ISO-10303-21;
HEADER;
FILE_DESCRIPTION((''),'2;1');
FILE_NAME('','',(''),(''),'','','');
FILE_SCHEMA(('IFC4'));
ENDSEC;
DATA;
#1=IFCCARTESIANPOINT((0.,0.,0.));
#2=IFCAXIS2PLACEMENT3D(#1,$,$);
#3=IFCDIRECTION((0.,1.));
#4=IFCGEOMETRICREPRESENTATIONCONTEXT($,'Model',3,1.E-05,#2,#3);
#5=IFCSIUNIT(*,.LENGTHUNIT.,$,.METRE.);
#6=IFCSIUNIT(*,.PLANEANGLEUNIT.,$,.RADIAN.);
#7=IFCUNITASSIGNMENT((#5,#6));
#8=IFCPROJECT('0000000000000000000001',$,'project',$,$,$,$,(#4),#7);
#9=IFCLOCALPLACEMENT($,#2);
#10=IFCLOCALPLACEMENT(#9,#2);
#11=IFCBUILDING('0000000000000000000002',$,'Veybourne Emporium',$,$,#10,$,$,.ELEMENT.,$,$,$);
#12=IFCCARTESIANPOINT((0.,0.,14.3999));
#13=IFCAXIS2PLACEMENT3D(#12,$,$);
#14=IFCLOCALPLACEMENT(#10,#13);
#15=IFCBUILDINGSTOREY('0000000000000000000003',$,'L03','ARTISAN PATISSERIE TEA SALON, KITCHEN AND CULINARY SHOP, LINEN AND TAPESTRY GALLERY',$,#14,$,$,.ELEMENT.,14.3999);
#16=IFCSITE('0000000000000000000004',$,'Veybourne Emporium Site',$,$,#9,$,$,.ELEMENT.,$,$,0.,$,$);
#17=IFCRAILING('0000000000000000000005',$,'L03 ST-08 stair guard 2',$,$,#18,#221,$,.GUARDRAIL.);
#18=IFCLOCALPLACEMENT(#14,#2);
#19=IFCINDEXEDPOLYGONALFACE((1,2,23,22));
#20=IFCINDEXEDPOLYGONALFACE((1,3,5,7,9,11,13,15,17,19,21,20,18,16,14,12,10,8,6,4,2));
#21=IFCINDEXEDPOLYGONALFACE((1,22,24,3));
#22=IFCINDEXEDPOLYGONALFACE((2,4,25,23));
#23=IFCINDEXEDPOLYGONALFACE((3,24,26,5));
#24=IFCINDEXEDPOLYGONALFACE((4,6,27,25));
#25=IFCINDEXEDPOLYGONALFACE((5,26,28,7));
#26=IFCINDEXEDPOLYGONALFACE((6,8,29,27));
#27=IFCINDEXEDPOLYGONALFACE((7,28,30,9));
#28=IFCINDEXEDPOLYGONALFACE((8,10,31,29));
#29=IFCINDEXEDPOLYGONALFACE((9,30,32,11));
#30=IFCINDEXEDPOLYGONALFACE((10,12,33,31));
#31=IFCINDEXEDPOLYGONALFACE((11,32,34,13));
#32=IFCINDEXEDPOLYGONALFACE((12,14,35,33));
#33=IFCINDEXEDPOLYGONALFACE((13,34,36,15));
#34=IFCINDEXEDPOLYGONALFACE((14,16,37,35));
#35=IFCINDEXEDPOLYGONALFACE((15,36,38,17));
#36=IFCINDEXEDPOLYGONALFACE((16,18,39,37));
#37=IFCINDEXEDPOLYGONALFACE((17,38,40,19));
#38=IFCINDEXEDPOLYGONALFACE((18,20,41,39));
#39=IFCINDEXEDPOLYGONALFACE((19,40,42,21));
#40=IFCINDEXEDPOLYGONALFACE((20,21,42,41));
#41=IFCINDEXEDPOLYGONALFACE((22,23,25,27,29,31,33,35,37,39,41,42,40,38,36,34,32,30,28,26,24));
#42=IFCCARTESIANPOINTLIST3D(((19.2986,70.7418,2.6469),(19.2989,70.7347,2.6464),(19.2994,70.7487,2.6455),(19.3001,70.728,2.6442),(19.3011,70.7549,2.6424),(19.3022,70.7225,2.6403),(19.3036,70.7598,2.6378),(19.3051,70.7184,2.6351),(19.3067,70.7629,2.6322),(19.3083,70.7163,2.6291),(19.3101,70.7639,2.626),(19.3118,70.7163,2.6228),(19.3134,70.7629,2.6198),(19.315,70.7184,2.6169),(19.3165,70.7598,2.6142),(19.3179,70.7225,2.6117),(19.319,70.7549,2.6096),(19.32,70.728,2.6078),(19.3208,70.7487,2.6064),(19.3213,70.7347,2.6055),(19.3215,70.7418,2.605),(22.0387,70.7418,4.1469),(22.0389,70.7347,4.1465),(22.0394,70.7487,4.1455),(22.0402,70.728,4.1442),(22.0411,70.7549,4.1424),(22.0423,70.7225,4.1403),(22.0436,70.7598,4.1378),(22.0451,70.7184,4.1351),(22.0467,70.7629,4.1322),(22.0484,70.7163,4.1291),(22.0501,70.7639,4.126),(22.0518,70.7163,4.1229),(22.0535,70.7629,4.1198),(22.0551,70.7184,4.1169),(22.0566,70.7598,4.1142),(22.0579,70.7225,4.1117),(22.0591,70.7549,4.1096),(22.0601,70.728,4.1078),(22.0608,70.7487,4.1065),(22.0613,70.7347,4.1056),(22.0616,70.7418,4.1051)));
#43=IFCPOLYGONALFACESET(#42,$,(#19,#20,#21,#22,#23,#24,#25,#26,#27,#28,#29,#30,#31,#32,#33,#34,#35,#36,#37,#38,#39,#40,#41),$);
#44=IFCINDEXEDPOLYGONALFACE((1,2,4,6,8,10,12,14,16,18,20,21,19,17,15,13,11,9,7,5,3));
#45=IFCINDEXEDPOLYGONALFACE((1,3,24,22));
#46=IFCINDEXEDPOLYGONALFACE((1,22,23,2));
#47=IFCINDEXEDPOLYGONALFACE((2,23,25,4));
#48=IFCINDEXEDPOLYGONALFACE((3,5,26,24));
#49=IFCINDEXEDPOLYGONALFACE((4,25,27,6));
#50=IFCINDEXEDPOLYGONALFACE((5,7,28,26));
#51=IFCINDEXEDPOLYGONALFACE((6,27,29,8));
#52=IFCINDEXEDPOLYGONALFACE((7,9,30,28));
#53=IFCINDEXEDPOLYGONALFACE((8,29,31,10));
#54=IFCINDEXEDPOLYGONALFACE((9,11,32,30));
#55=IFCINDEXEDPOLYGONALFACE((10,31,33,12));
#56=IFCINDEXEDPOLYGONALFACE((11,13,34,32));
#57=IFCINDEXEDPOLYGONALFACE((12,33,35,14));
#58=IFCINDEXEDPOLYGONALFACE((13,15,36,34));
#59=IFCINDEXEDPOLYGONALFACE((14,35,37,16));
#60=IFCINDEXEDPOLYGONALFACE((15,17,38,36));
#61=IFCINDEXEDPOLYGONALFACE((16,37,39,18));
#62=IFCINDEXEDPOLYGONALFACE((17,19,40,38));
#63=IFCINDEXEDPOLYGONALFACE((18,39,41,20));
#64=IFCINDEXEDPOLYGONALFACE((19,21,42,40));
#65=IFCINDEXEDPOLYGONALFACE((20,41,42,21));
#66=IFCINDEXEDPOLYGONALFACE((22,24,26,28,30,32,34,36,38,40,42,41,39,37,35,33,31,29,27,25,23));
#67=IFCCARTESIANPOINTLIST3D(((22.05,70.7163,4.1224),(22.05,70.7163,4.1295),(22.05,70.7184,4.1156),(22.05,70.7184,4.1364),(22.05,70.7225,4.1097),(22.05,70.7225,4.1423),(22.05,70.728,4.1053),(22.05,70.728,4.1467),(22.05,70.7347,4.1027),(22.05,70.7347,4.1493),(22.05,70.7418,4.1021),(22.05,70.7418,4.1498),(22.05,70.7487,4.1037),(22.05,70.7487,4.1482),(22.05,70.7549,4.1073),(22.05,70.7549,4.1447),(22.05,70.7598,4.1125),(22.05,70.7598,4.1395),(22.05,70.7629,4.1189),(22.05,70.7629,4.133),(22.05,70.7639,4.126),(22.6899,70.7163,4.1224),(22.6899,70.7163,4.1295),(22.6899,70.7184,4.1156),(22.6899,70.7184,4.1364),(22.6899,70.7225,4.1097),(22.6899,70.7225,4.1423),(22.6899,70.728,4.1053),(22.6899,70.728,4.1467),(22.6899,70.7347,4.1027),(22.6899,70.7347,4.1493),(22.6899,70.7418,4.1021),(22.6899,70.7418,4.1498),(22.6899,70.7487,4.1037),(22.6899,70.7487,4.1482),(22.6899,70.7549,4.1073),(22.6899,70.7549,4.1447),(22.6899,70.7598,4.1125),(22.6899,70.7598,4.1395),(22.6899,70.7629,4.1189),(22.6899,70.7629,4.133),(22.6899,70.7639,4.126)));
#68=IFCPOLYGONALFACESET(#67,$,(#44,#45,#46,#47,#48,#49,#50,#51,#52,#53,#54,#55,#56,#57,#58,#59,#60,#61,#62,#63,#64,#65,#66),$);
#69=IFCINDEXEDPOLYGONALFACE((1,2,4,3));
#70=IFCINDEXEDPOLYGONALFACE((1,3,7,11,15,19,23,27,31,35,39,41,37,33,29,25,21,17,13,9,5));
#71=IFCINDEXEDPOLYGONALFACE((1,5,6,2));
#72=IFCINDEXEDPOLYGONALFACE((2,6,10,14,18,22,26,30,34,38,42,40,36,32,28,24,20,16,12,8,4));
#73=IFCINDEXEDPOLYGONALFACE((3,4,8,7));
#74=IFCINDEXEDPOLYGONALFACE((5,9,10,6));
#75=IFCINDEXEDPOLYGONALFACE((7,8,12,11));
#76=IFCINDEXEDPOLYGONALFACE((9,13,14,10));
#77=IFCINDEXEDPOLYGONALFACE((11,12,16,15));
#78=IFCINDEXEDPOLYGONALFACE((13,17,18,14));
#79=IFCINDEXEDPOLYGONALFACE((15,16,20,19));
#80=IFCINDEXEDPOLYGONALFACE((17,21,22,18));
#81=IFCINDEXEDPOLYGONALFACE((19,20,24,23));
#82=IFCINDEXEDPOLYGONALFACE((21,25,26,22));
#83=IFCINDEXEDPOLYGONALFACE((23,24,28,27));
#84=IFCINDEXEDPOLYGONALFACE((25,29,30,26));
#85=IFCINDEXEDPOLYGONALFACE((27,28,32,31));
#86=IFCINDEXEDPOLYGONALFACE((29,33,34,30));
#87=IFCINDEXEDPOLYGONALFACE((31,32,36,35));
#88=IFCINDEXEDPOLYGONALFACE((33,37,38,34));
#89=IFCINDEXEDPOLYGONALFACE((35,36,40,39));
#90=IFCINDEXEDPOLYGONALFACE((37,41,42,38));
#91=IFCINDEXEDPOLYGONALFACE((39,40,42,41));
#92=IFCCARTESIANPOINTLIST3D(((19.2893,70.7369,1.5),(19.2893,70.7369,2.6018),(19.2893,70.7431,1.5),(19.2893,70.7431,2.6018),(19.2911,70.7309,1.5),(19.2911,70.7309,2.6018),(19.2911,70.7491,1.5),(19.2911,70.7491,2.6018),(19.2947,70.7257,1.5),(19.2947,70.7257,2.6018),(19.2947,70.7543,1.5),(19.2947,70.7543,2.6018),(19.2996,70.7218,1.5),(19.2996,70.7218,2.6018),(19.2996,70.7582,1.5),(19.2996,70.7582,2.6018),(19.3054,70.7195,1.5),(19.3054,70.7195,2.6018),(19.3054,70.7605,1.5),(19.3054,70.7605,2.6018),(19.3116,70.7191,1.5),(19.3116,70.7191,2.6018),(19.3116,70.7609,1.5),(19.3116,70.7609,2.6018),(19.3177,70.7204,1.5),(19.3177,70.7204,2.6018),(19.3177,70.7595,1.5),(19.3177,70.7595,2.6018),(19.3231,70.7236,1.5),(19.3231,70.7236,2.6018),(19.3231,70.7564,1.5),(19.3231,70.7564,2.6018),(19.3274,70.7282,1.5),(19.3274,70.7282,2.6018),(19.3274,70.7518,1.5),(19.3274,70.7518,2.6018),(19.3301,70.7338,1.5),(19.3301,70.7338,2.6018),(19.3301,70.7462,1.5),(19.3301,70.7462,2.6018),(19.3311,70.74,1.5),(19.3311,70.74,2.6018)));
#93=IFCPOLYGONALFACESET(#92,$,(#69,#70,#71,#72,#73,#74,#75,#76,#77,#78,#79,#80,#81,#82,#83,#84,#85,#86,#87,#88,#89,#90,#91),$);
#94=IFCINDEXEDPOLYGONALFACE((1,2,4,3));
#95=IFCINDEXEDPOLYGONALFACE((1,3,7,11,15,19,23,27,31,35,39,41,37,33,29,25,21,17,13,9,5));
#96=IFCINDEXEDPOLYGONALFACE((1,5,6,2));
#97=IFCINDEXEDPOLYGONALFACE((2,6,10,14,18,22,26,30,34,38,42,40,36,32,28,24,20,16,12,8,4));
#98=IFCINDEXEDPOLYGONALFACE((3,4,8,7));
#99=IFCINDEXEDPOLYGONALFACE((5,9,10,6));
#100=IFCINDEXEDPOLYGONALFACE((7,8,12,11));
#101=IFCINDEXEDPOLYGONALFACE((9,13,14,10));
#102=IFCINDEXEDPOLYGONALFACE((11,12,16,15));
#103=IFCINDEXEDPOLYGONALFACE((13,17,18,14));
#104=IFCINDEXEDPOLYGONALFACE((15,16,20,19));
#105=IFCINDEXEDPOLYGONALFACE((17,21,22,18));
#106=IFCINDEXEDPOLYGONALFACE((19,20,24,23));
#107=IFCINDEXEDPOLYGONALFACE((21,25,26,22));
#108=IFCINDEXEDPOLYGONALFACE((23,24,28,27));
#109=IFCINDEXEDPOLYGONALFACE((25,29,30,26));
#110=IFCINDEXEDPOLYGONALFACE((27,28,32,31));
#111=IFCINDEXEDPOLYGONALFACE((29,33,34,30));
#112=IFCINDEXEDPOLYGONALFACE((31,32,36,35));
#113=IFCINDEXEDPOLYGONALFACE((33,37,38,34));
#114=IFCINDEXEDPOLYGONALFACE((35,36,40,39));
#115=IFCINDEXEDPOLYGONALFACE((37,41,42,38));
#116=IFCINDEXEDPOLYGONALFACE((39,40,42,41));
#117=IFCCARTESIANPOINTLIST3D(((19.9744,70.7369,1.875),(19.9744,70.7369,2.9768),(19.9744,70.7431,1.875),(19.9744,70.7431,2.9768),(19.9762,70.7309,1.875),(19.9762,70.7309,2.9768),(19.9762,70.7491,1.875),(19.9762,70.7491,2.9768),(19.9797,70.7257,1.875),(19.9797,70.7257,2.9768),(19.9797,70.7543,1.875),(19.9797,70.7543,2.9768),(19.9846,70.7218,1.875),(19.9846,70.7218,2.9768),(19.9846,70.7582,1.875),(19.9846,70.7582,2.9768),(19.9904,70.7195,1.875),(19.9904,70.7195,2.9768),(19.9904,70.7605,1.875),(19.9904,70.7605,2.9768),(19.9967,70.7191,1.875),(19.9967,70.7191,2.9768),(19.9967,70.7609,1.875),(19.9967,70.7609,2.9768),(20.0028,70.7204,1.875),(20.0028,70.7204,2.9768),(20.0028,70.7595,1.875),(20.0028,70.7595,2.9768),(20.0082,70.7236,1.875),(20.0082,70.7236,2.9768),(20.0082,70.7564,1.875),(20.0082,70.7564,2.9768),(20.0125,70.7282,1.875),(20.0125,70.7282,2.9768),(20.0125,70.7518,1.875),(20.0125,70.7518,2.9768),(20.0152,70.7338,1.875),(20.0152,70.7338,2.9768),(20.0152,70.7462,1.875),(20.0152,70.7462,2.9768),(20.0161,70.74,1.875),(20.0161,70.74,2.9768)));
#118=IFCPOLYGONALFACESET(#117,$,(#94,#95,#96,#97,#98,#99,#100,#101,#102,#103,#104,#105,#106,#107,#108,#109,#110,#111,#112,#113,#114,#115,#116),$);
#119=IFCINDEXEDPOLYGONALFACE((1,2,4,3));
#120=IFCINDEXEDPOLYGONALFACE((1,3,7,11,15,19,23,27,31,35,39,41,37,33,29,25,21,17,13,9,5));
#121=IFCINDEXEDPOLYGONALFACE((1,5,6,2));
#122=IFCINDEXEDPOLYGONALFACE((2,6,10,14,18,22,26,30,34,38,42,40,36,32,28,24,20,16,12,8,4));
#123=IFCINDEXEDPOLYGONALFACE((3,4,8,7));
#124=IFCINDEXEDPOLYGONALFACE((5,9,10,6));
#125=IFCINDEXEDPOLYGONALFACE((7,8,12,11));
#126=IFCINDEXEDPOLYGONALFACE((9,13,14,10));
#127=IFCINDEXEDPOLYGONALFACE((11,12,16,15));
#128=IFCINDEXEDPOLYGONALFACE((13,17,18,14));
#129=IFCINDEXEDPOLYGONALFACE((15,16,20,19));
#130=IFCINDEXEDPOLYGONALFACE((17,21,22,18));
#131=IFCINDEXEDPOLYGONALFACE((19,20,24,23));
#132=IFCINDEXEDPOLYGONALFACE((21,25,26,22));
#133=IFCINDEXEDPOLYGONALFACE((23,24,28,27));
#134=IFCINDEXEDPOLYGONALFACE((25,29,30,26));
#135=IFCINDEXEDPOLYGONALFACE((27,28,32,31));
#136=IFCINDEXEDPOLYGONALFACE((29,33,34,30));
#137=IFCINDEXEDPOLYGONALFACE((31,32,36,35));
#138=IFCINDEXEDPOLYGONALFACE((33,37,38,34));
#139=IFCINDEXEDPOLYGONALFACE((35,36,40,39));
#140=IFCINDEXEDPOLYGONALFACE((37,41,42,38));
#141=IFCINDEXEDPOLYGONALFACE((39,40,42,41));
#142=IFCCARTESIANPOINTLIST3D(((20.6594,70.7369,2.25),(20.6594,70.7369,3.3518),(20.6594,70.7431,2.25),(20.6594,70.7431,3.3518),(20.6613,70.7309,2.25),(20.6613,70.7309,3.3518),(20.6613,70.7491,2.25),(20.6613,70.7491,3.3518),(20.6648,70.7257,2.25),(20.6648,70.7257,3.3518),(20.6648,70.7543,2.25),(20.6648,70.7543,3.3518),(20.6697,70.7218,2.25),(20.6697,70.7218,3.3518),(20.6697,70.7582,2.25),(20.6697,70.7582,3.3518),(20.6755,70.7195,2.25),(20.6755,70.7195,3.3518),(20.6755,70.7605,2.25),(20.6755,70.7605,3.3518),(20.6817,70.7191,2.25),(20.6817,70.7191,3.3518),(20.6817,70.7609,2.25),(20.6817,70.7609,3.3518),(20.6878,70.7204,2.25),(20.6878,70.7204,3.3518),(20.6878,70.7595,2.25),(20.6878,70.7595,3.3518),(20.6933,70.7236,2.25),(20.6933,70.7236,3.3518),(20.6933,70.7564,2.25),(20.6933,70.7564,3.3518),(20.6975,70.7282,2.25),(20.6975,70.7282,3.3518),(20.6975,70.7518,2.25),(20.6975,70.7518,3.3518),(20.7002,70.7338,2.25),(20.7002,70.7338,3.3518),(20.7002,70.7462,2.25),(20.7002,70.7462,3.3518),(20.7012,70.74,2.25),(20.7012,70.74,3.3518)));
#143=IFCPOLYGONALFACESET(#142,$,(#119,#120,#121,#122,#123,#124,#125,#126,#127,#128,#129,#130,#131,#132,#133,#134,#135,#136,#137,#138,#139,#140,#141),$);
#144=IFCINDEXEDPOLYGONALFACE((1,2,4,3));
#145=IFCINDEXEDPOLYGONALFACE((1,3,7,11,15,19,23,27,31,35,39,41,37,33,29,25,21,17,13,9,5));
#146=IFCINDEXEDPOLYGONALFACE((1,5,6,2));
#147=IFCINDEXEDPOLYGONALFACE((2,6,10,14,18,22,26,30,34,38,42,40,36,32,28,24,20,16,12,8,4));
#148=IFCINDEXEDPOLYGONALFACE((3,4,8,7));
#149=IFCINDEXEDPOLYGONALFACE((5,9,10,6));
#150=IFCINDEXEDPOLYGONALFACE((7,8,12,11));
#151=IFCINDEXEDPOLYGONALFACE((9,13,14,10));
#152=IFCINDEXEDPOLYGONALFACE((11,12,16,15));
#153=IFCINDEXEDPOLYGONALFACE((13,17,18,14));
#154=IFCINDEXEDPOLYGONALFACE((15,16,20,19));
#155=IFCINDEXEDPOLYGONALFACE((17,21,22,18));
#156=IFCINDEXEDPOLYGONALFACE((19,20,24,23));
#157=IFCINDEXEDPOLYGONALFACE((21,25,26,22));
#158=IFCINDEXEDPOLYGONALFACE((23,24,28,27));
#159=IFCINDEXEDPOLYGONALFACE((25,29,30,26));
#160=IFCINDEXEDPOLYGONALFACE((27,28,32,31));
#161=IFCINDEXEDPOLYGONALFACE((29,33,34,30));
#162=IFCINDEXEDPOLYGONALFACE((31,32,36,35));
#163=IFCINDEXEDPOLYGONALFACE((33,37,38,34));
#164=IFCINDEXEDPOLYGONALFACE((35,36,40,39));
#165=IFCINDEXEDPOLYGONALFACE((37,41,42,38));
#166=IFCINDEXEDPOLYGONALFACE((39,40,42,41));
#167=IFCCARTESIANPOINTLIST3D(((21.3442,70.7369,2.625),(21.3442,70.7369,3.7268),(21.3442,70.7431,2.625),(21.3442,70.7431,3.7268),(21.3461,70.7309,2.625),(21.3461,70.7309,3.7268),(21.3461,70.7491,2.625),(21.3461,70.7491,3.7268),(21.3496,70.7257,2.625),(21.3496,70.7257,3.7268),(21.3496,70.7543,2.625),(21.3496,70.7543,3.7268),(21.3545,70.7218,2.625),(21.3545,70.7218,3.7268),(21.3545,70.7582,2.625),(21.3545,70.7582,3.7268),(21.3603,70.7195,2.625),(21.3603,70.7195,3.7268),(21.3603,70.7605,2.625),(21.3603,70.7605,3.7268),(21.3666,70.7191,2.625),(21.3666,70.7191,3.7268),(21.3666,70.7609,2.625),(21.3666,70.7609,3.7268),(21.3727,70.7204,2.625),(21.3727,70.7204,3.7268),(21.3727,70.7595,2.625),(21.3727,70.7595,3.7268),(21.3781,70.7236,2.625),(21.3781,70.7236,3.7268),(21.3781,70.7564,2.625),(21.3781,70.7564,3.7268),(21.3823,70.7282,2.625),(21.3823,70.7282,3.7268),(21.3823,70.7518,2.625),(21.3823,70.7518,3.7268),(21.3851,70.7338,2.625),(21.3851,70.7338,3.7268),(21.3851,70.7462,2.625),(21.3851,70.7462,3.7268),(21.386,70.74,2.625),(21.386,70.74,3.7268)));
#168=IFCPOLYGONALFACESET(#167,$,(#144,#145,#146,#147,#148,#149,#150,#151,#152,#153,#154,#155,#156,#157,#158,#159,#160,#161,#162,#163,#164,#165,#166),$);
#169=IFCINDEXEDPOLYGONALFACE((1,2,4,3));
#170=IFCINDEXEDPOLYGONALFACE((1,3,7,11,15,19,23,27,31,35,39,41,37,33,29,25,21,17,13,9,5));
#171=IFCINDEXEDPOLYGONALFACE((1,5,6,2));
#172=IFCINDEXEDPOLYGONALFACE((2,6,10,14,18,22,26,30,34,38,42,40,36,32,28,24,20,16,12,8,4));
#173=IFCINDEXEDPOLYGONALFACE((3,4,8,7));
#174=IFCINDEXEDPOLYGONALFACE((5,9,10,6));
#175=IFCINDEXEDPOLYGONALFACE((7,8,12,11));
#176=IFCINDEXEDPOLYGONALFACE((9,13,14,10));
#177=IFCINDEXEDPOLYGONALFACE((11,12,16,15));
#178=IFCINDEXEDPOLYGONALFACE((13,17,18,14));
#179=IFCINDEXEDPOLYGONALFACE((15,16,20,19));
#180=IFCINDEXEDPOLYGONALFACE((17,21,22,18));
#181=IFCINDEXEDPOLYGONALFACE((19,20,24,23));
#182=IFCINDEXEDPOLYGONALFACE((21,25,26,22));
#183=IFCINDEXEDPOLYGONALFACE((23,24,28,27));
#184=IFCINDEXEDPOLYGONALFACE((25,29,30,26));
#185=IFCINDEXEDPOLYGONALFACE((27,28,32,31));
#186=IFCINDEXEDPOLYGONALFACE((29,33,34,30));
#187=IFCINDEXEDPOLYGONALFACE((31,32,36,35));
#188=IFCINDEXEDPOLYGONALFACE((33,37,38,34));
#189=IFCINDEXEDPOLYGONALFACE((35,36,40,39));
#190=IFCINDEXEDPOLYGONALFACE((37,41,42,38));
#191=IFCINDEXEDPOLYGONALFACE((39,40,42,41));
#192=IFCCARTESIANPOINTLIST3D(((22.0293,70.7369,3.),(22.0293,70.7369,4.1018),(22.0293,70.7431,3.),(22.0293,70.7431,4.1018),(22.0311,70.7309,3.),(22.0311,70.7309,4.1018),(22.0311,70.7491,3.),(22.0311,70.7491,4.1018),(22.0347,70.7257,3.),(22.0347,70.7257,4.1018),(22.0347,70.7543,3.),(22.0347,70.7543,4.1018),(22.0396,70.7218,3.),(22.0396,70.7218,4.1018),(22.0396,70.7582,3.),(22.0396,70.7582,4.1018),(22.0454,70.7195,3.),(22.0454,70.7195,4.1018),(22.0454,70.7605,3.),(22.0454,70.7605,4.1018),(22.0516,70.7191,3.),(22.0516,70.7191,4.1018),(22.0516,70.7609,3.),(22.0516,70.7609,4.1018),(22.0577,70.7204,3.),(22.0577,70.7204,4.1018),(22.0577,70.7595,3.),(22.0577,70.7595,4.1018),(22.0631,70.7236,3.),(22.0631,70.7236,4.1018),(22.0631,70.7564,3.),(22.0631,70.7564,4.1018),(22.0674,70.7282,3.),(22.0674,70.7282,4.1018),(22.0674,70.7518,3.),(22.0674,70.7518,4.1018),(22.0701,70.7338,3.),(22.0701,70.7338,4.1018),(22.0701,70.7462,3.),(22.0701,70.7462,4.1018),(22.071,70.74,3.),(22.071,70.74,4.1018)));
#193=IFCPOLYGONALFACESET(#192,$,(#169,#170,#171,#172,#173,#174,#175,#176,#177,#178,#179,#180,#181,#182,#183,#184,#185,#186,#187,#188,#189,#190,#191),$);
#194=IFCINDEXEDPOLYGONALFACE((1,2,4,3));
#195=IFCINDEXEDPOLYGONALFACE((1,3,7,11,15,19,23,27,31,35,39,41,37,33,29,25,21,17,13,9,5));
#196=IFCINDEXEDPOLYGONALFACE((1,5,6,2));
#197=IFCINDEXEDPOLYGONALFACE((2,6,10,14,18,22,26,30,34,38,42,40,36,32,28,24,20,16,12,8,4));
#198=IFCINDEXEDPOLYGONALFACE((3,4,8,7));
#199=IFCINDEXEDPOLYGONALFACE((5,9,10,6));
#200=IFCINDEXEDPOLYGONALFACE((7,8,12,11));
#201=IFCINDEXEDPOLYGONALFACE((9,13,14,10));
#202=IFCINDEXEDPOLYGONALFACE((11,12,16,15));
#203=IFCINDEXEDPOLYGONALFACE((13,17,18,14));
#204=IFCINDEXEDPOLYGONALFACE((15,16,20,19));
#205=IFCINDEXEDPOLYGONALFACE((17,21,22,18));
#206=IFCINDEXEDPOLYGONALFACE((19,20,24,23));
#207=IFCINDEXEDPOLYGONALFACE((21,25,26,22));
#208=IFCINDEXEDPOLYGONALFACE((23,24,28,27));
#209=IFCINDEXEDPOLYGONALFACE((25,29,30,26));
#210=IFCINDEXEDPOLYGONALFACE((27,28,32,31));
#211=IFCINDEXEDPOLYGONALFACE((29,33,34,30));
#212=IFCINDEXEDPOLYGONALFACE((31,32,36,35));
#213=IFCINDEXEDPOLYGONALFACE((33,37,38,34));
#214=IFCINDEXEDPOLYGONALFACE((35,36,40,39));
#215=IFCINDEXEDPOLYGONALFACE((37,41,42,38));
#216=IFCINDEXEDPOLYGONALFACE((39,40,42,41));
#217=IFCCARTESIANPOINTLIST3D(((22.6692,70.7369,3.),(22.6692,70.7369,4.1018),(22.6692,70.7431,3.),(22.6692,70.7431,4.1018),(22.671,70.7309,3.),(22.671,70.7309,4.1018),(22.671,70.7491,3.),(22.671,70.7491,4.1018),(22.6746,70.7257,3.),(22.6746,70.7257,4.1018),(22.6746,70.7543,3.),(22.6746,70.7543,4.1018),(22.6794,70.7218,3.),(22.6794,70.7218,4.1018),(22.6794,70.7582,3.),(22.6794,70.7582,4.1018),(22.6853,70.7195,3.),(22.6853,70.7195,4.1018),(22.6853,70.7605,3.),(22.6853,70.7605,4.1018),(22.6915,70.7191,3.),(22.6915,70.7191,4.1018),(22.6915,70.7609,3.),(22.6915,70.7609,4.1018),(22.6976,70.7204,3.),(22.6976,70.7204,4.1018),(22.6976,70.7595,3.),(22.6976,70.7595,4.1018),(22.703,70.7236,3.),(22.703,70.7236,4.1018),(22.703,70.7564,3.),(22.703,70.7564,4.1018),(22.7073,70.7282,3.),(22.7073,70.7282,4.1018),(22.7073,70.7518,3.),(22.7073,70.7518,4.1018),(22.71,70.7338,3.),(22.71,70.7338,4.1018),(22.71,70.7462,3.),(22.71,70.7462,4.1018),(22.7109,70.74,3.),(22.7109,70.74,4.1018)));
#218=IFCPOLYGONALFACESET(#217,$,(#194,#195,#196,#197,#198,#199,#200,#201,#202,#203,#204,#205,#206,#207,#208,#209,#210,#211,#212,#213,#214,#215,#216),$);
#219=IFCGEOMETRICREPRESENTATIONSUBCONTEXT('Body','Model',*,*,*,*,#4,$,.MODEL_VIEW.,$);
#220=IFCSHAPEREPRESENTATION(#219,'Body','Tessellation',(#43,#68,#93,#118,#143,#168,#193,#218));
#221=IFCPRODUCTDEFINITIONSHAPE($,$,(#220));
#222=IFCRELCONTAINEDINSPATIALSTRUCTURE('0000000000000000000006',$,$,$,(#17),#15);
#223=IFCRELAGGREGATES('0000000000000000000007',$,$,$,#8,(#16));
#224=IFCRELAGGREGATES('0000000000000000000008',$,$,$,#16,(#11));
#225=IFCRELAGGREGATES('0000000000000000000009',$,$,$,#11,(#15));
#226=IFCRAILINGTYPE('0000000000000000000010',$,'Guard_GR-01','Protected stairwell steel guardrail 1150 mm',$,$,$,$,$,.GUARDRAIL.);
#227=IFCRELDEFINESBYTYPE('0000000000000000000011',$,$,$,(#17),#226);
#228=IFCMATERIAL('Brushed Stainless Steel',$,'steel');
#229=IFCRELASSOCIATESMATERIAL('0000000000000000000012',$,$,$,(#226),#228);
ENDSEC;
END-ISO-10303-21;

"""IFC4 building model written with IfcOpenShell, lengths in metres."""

from ifc_helpers import new_model, si_unit, direction, frame, origin, origin_2d, place, context, subcontext, project, spatial, circle, extrude, material, type_object, element, save


model = new_model("IFC4")

# Units and contexts
model_context = context("Model", 3, precision=1e-05, world=origin(), true_north=direction((0.0, 1.0)))
body_context = subcontext(model_context, "Body", "Model", "MODEL_VIEW")
ifc_project = project(units=[si_unit("LENGTHUNIT", "METRE"), si_unit("PLANEANGLEUNIT", "RADIAN")], contexts=[model_context])

# Site, building, storey
site_placement = place(None, origin())
site = spatial("IfcSite", under=ifc_project, at=site_placement, Name="Veybourne Emporium Site", CompositionType="ELEMENT", RefElevation=0.0)
building_placement = place(site_placement, origin())
building = spatial("IfcBuilding", under=site, at=building_placement, Name="Veybourne Emporium", CompositionType="ELEMENT")
storey_placement = place(building_placement, frame((0.0, 0.0, 14.3999)))
storey = spatial("IfcBuildingStorey", under=building, at=storey_placement, Name="L03", Description="ARTISAN PATISSERIE TEA SALON, KITCHEN AND CULINARY SHOP, LINEN AND TAPESTRY GALLERY", CompositionType="ELEMENT", Elevation=14.3999)

# Railing
ifc_material_1 = material(Name="Brushed Stainless Steel", Category="steel")
railing_type_1 = type_object("IfcRailingType", Name="Guard_GR-01", Description="Protected stairwell steel guardrail 1150 mm", PredefinedType="GUARDRAIL", material=ifc_material_1)
railing_1_placement = place(storey_placement, frame((19.3101, 70.74, 1.5)))
element("IfcRailing", 1, at=railing_1_placement, inside=storey, type_object=railing_type_1, Name="L03 ST-08 stair guard 2", PredefinedType="GUARDRAIL", context=body_context, shape_type="SweptSolid", body=[
    extrude(circle(Radius=0.0239, at=origin_2d()), frame((0.0, 0.0, 1.126), z_axis=(0.87716, 0.0, 0.480199), x_axis=(0.0, 1.0, 0.0)), (0.0, 0.0, 1.0), 3.1238),
    extrude(circle(Radius=0.0239, at=origin_2d()), frame((2.74, 0.0, 2.626), z_axis=(1.0, 0.0, 0.0), x_axis=(0.0, 1.0, 0.0)), (0.0, 0.0, 1.0), 0.6399),
    extrude(circle(Radius=0.021, at=origin_2d()), origin(), (0.0, 0.0, 1.0), 1.1018),
    extrude(circle(Radius=0.021, at=origin_2d()), frame((0.6851, 0.0, 0.375)), (0.0, 0.0, 1.0), 1.1018),
    extrude(circle(Radius=0.021, at=origin_2d()), frame((1.3701, 0.0, 0.75)), (0.0, 0.0, 1.0), 1.1018),
    extrude(circle(Radius=0.021, at=origin_2d()), frame((2.0549, 0.0, 1.125)), (0.0, 0.0, 1.0), 1.1018),
    extrude(circle(Radius=0.021, at=origin_2d()), frame((2.74, 0.0, 1.5)), (0.0, 0.0, 1.0), 1.1018),
    extrude(circle(Radius=0.021, at=origin_2d()), frame((3.3799, 0.0, 1.5)), (0.0, 0.0, 1.0), 1.1018),
])

save(model, "model.ifc")
